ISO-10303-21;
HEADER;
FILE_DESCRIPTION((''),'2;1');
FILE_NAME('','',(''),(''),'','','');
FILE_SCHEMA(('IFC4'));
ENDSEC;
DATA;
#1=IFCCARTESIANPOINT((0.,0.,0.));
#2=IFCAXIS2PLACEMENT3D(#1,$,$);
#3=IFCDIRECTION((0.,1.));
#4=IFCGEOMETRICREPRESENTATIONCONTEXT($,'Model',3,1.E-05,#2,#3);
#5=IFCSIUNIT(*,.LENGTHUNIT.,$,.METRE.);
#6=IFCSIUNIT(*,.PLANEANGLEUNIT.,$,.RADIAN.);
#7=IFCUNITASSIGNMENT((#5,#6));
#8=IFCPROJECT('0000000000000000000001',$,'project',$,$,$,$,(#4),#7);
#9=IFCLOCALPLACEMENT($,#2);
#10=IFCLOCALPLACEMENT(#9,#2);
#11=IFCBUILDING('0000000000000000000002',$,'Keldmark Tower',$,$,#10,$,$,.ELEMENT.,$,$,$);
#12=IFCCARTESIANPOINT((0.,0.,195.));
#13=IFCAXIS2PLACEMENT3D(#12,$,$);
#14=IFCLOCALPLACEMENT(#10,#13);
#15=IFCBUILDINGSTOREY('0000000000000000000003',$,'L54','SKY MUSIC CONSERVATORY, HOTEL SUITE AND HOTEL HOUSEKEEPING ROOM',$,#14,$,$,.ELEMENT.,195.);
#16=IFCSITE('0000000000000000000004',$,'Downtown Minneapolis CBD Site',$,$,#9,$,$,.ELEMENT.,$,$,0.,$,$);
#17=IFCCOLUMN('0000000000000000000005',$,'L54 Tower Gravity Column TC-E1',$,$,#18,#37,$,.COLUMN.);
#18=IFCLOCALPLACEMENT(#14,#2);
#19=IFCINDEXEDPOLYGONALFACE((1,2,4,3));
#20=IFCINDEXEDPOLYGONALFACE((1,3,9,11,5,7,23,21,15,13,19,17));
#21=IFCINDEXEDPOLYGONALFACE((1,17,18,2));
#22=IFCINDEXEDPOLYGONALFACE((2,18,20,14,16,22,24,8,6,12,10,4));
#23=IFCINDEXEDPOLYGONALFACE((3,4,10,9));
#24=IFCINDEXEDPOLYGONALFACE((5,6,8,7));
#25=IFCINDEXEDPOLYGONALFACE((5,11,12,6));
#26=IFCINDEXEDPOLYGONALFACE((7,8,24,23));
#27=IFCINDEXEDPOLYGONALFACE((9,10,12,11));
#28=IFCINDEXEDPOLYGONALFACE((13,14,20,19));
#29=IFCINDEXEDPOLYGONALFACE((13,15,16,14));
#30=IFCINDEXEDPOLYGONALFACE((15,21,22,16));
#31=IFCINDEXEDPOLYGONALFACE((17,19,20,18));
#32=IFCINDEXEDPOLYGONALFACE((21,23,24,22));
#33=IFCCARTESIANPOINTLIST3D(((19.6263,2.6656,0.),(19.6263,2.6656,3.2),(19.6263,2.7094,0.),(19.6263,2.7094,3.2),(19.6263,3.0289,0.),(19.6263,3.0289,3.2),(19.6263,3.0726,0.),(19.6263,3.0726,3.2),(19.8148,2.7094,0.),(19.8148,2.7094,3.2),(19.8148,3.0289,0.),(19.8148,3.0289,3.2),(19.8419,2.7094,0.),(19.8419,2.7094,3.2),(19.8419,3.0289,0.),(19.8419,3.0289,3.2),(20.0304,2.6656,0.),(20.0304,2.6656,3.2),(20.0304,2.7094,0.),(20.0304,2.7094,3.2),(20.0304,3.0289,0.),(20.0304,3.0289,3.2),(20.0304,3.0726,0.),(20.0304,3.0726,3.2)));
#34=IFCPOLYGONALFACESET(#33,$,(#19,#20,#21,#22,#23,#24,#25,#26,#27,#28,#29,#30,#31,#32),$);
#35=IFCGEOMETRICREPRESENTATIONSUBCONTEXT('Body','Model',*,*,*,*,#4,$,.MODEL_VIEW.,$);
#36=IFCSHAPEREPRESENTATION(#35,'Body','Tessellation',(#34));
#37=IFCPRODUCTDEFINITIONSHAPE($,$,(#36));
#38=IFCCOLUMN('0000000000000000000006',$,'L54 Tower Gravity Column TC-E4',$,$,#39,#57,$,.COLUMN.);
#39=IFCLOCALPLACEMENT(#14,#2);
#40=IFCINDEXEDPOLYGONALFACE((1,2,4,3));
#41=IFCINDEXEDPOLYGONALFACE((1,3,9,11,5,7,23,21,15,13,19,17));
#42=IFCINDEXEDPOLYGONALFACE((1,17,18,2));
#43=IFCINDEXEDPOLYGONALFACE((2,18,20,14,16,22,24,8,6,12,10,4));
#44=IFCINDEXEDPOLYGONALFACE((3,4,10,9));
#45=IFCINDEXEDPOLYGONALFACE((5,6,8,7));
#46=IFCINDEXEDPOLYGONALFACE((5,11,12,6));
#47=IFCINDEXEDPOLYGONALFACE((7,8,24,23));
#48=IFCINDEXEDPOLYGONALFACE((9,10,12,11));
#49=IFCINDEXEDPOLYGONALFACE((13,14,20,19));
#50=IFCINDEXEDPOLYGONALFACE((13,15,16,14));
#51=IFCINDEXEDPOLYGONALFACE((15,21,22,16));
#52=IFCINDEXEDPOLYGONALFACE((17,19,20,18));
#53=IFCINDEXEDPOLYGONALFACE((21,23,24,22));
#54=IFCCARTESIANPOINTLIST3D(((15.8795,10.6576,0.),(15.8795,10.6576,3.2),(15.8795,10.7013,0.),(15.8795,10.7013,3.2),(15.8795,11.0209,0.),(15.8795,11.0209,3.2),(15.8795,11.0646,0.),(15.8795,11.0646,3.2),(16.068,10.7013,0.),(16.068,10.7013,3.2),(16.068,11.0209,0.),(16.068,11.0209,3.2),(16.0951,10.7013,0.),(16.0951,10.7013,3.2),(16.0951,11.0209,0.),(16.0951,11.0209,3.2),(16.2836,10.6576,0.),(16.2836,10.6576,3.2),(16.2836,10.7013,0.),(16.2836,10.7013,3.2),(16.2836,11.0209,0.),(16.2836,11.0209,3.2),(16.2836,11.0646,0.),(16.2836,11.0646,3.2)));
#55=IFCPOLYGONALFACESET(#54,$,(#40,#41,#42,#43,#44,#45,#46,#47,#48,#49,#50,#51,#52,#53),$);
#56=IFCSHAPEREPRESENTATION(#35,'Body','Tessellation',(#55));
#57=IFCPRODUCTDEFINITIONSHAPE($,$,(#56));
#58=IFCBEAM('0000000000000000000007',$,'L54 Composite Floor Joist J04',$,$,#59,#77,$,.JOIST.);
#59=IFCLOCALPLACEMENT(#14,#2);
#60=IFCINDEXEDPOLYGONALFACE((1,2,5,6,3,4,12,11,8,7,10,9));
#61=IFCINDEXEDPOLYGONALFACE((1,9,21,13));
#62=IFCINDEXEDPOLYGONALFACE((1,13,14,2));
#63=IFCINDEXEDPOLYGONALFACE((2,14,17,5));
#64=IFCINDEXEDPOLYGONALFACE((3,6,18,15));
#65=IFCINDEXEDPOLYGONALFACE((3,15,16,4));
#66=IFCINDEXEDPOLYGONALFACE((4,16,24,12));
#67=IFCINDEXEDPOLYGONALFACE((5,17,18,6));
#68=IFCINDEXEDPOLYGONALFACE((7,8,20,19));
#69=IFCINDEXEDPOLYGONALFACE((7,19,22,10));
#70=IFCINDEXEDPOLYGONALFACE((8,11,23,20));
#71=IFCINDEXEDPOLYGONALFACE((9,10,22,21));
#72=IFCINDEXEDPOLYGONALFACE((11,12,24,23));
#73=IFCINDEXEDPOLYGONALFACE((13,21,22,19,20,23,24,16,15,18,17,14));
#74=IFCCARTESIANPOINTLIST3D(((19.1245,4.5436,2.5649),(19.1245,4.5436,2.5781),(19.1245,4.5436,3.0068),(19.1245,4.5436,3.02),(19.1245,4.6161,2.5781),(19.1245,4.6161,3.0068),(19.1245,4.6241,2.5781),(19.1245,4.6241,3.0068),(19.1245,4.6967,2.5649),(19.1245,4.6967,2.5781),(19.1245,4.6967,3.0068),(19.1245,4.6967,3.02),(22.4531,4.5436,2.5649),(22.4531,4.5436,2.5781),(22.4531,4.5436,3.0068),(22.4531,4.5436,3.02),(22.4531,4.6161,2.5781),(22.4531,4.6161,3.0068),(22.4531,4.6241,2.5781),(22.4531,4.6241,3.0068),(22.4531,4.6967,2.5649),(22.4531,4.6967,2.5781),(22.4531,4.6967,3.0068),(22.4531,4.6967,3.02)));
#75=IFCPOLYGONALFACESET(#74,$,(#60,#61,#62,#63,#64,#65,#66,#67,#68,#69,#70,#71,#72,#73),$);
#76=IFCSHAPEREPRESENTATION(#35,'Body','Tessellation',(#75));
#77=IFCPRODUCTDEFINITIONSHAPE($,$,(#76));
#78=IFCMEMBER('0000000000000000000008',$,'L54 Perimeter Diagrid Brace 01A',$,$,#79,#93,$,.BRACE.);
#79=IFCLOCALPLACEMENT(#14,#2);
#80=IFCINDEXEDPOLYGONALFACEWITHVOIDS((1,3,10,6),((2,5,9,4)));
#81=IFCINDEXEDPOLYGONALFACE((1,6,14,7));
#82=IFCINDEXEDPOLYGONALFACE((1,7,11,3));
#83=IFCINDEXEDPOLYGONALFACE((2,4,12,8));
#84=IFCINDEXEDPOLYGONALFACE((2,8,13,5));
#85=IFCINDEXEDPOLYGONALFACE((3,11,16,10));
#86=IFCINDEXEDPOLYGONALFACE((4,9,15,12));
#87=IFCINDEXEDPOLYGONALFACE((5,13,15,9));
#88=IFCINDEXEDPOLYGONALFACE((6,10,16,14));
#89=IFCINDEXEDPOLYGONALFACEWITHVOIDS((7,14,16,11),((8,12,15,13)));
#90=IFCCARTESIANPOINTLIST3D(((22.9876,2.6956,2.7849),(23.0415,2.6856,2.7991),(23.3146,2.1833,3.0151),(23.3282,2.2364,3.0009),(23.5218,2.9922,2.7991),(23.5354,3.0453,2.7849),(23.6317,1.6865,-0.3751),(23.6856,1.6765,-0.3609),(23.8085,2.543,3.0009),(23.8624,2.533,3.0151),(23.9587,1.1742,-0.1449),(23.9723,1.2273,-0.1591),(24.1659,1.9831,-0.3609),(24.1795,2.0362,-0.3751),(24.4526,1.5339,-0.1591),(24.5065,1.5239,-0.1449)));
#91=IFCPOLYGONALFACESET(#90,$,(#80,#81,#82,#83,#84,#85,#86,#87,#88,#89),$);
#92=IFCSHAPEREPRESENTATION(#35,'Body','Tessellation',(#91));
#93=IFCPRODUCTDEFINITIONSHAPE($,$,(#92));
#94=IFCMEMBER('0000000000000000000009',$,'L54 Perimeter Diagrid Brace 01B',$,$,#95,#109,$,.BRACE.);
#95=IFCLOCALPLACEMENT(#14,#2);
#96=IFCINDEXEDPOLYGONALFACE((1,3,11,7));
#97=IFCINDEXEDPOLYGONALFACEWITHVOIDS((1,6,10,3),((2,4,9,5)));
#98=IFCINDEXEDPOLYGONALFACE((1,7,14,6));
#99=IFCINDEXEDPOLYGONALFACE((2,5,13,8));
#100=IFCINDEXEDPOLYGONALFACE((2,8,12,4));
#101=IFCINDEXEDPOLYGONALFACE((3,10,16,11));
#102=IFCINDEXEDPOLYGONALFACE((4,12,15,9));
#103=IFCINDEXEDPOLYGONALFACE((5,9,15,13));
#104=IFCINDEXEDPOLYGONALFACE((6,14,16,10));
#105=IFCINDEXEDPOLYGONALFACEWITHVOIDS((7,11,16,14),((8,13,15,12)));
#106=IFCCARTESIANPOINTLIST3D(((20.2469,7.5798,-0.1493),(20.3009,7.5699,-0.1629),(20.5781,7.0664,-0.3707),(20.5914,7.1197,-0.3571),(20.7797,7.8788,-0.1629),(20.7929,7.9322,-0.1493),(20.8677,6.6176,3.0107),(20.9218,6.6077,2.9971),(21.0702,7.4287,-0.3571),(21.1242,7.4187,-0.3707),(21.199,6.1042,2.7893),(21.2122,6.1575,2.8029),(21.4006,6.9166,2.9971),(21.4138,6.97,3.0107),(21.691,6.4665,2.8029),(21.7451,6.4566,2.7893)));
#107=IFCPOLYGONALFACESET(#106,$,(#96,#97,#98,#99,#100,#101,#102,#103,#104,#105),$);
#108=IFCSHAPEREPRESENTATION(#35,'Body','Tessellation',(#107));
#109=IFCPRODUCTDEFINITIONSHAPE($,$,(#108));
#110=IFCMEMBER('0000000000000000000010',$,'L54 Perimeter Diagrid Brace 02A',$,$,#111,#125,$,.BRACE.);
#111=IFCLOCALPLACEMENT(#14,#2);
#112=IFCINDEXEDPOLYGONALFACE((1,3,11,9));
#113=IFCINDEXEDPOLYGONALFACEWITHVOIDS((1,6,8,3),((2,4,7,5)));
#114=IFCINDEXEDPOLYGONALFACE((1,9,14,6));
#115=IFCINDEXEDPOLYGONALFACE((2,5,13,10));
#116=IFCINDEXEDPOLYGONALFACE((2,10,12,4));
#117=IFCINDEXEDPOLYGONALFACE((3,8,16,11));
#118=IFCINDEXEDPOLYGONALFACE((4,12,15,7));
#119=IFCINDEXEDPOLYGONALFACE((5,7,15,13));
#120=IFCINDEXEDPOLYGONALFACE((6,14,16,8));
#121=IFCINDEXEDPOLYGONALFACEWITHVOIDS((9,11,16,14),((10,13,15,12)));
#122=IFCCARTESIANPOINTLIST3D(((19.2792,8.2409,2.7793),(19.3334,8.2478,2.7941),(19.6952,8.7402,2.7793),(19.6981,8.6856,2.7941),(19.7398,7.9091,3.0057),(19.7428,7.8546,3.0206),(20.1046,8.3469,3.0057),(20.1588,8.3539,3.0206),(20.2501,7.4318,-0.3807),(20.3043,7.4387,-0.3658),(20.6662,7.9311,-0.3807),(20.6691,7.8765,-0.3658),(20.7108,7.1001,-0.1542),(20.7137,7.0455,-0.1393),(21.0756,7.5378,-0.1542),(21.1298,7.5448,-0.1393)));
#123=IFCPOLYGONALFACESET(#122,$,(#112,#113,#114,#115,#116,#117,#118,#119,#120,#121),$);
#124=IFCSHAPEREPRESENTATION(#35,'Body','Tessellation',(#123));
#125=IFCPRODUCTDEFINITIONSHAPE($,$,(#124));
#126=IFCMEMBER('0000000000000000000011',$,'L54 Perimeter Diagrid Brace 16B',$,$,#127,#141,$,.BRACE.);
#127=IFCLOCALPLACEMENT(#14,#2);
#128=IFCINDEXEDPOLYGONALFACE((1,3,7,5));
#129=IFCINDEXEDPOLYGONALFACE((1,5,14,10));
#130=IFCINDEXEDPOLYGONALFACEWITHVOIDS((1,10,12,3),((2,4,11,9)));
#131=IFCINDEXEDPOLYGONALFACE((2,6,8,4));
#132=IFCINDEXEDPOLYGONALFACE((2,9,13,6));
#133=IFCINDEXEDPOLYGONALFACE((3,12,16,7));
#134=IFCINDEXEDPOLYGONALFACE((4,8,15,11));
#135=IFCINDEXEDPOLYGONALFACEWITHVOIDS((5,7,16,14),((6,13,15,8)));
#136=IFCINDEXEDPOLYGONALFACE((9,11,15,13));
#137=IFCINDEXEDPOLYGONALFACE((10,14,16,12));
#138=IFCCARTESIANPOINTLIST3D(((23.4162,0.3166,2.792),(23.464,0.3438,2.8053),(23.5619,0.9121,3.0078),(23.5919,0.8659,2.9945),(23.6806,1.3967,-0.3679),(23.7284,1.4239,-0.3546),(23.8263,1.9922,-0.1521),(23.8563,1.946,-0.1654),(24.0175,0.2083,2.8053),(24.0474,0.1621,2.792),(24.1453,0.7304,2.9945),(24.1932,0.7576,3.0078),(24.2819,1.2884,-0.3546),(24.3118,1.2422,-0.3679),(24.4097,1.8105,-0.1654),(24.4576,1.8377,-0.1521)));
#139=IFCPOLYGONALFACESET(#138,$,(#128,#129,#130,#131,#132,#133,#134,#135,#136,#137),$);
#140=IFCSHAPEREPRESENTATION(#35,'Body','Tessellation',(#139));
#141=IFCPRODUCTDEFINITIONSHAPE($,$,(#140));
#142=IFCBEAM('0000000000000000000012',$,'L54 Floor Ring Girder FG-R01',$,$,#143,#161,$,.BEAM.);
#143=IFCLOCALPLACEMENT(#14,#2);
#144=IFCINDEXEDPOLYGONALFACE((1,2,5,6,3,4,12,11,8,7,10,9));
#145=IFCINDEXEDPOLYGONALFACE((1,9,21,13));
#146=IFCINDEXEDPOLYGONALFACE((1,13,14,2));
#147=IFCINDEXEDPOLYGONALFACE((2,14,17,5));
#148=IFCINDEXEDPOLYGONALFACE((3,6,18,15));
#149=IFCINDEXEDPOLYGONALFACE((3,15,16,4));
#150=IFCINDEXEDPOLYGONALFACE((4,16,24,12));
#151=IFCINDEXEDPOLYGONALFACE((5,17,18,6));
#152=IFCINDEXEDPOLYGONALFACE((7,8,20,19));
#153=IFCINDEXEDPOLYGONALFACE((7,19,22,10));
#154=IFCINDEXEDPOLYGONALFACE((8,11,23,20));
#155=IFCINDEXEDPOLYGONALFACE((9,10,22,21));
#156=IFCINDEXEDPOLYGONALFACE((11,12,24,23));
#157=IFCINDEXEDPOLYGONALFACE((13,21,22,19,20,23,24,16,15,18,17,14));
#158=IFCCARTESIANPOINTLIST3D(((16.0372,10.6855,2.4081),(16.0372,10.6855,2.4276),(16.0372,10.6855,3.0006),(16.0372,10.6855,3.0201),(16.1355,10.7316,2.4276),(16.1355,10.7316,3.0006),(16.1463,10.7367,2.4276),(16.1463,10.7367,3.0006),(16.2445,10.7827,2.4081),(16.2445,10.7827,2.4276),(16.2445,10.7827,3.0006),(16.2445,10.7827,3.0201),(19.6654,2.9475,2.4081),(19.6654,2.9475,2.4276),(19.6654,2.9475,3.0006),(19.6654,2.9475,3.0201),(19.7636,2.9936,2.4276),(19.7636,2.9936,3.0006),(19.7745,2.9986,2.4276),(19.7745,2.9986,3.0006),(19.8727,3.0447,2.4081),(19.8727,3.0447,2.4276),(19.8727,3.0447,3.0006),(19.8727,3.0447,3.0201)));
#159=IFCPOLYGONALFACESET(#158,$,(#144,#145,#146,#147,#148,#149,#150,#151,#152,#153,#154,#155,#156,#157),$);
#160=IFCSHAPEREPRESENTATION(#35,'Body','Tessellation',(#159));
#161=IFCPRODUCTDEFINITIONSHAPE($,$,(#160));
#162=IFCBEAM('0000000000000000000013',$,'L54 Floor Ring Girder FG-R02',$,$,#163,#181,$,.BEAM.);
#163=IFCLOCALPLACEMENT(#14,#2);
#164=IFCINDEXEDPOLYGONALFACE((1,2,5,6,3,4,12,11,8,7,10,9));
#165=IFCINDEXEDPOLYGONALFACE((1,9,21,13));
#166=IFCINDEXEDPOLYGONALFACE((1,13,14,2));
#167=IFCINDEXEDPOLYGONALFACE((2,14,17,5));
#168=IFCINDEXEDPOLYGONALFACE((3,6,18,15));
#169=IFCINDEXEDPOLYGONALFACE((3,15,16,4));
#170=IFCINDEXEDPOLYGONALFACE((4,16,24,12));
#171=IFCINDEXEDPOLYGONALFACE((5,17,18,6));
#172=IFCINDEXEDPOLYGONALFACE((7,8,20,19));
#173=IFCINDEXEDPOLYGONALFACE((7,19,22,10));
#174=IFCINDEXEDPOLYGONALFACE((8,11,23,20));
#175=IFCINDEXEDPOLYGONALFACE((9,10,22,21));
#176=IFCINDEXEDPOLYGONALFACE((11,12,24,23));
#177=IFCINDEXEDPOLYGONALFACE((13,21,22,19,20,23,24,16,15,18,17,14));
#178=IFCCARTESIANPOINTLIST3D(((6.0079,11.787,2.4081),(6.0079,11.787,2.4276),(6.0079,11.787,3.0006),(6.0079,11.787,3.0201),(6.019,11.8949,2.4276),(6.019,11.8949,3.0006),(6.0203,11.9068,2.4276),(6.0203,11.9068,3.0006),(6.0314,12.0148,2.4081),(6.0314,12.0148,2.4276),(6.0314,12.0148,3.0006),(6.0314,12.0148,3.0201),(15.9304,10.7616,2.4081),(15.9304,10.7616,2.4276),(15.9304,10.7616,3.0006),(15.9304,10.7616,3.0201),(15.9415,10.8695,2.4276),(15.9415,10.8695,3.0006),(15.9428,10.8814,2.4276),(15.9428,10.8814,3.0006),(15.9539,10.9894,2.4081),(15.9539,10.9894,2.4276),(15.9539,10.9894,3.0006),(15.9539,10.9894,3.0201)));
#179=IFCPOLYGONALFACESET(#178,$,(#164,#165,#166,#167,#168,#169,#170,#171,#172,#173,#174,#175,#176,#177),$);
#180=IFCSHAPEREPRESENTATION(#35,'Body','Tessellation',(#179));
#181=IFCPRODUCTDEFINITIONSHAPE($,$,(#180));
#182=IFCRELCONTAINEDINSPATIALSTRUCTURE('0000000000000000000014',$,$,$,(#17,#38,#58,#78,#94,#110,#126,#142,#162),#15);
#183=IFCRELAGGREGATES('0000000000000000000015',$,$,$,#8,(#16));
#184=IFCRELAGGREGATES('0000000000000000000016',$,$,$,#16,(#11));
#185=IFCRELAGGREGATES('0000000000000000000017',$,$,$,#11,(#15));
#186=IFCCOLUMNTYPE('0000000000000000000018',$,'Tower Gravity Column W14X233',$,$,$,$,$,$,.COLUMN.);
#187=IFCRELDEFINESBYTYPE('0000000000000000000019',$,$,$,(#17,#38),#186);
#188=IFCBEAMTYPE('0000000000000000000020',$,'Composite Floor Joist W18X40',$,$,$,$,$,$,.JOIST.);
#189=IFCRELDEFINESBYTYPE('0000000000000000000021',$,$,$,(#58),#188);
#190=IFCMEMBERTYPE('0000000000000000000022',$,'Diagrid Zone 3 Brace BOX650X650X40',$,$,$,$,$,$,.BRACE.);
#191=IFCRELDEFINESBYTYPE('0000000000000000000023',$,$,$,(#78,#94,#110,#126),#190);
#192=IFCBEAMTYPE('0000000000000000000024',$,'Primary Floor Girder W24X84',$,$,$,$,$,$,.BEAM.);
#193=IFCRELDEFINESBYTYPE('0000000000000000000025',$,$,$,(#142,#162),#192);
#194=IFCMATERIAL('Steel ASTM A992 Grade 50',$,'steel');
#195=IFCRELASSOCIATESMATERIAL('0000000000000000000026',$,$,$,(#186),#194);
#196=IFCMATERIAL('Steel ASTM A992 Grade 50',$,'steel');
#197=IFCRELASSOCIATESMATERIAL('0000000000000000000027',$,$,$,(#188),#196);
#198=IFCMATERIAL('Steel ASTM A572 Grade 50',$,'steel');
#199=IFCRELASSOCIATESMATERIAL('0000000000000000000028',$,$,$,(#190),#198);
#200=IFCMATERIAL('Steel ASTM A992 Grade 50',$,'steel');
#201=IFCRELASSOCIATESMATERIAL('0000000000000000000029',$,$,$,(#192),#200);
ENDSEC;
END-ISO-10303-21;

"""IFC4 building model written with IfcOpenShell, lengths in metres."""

from ifc_helpers import new_model, si_unit, direction, frame, origin, origin_2d, place, context, subcontext, project, spatial, hollow_rectangle, i_section, extrude, material, material_profile, profile_set, type_object, element, save


model = new_model("IFC4")

# Units and contexts
model_context = context("Model", 3, precision=1e-05, world=origin(), true_north=direction((0.0, 1.0)))
body_context = subcontext(model_context, "Body", "Model", "MODEL_VIEW")
ifc_project = project(units=[si_unit("LENGTHUNIT", "METRE"), si_unit("PLANEANGLEUNIT", "RADIAN")], contexts=[model_context])

# Site, building, storey
site_placement = place(None, origin())
site = spatial("IfcSite", under=ifc_project, at=site_placement, Name="Downtown Minneapolis CBD Site", CompositionType="ELEMENT", RefElevation=0.0)
building_placement = place(site_placement, origin())
building = spatial("IfcBuilding", under=site, at=building_placement, Name="Keldmark Tower", CompositionType="ELEMENT")
storey_placement = place(building_placement, frame((0.0, 0.0, 195.0)))
storey = spatial("IfcBuildingStorey", under=building, at=storey_placement, Name="L54", Description="SKY MUSIC CONSERVATORY, HOTEL SUITE AND HOTEL HOUSEKEEPING ROOM", CompositionType="ELEMENT", Elevation=195.0)

# Columns
ifc_material_1 = material(Name="Steel ASTM A992 Grade 50", Category="steel")
ifc_material_profile_1 = material_profile(ifc_material_1, i_section(OverallWidth=0.4041, OverallDepth=0.407, WebThickness=0.0271, FlangeThickness=0.0437, at=origin_2d()), Name="W14X233")
ifc_profile_set_1 = profile_set([ifc_material_profile_1], Name="Steel ASTM A992 Grade 50")
column_type = type_object("IfcColumnType", Name="Tower Gravity Column W14X233", PredefinedType="COLUMN", material=ifc_profile_set_1)
for number, where, z_axis, x_axis, name in (
    (1, (19.8284, 2.8691, 0.0), (0.0, 0.0, 1.0), (1.0, 0.0, 0.0), "L54 Tower Gravity Column TC-E1"),
    (2, (16.0815, 10.8611, 0.0), (0.0, 0.0, 1.0), (1.0, 0.0, 0.0), "L54 Tower Gravity Column TC-E4"),
):
    element("IfcColumn", number, at=place(storey_placement, frame(where, z_axis=z_axis, x_axis=x_axis)), inside=storey, type_object=column_type, Name=name, PredefinedType="COLUMN", context=body_context, shape_type="SweptSolid", body=[
        extrude(i_section(OverallWidth=0.4041, OverallDepth=0.407, WebThickness=0.0271, FlangeThickness=0.0437, at=origin_2d()), origin(), (0.0, 0.0, 1.0), 3.2),
    ])

# Beam
ifc_material_2 = material(Name="Steel ASTM A992 Grade 50", Category="steel")
ifc_material_profile_2 = material_profile(ifc_material_2, i_section(OverallWidth=0.1531, OverallDepth=0.4551, WebThickness=0.0081, FlangeThickness=0.0132, at=origin_2d()), Name="W18X40")
ifc_profile_set_2 = profile_set([ifc_material_profile_2], Name="Steel ASTM A992 Grade 50")
beam_type_1 = type_object("IfcBeamType", Name="Composite Floor Joist W18X40", PredefinedType="JOIST", material=ifc_profile_set_2)
beam_1_placement = place(storey_placement, frame((19.1245, 4.6201, 2.7925), z_axis=(1.0, 0.0, 0.0), x_axis=(0.0, 1.0, 0.0)))
element("IfcBeam", 3, at=beam_1_placement, inside=storey, type_object=beam_type_1, Name="L54 Composite Floor Joist J04", PredefinedType="JOIST", context=body_context, shape_type="SweptSolid", body=[
    extrude(i_section(OverallWidth=0.1531, OverallDepth=0.4551, WebThickness=0.0081, FlangeThickness=0.0132, at=origin_2d()), origin(), (0.0, 0.0, 1.0), 3.3286),
])

# Members
ifc_material_3 = material(Name="Steel ASTM A572 Grade 50", Category="steel")
ifc_material_profile_3 = material_profile(ifc_material_3, hollow_rectangle(XDim=0.6499, YDim=0.6499, WallThickness=0.04, at=origin_2d()), Name="BOX650X650X40")
ifc_profile_set_3 = profile_set([ifc_material_profile_3], Name="Steel ASTM A572 Grade 50")
member_type = type_object("IfcMemberType", Name="Diagrid Zone 3 Brace BOX650X650X40", PredefinedType="BRACE", material=ifc_profile_set_3)
member_1_placement = place(storey_placement, frame((24.0691, 1.6052, -0.26), z_axis=(-0.190599, 0.298614, 0.935148), x_axis=(-0.84293, -0.538023, 0.0)))
element("IfcMember", 4, at=member_1_placement, inside=storey, type_object=member_type, Name="L54 Perimeter Diagrid Brace 01A", PredefinedType="BRACE", context=body_context, shape_type="SweptSolid", body=[
    extrude(hollow_rectangle(XDim=0.6499, YDim=0.6499, WallThickness=0.04, at=origin_2d()), origin(), (0.0, 0.0, 1.0), 3.3792),
])
member_2_placement = place(storey_placement, frame((20.6855, 7.4993, -0.26), z_axis=(0.184722, -0.286272, 0.940173), x_axis=(0.840256, 0.54219, 0.0)))
element("IfcMember", 5, at=member_2_placement, inside=storey, type_object=member_type, Name="L54 Perimeter Diagrid Brace 01B", PredefinedType="BRACE", context=body_context, shape_type="SweptSolid", body=[
    extrude(hollow_rectangle(XDim=0.6499, YDim=0.6499, WallThickness=0.04, at=origin_2d()), origin(), (0.0, 0.0, 1.0), 3.3611),
])
member_3_placement = place(storey_placement, frame((20.6899, 7.4883, -0.26), z_axis=(-0.285296, 0.237735, 0.928487), x_axis=(-0.640165, -0.768237, 0.0)))
element("IfcMember", 6, at=member_3_placement, inside=storey, type_object=member_type, Name="L54 Perimeter Diagrid Brace 02A", PredefinedType="BRACE", context=body_context, shape_type="SweptSolid", body=[
    extrude(hollow_rectangle(XDim=0.6499, YDim=0.6499, WallThickness=0.04, at=origin_2d()), origin(), (0.0, 0.0, 1.0), 3.4033),
])
member_4_placement = place(storey_placement, frame((24.0691, 1.6172, -0.26), z_axis=(-0.07893, -0.322425, 0.943298), x_axis=(0.971319, -0.23778, 0.0)))
element("IfcMember", 7, at=member_4_placement, inside=storey, type_object=member_type, Name="L54 Perimeter Diagrid Brace 16B", PredefinedType="BRACE", context=body_context, shape_type="SweptSolid", body=[
    extrude(hollow_rectangle(XDim=0.6499, YDim=0.6499, WallThickness=0.04, at=origin_2d()), origin(), (0.0, 0.0, 1.0), 3.3499),
])

# Beams
ifc_material_4 = material(Name="Steel ASTM A992 Grade 50", Category="steel")
ifc_material_profile_4 = material_profile(ifc_material_4, i_section(OverallWidth=0.229, OverallDepth=0.6121, WebThickness=0.012, FlangeThickness=0.0195, at=origin_2d()), Name="W24X84")
ifc_profile_set_4 = profile_set([ifc_material_profile_4], Name="Steel ASTM A992 Grade 50")
beam_type_2 = type_object("IfcBeamType", Name="Primary Floor Girder W24X84", PredefinedType="BEAM", material=ifc_profile_set_4)
beam_2_placement = place(storey_placement, frame((19.769, 2.9961, 2.7141), z_axis=(-0.424527, 0.905415, 0.0), x_axis=(-0.905415, -0.424527, 0.0)))
element("IfcBeam", 8, at=beam_2_placement, inside=storey, type_object=beam_type_2, Name="L54 Floor Ring Girder FG-R01", PredefinedType="BEAM", context=body_context, shape_type="SweptSolid", body=[
    extrude(i_section(OverallWidth=0.229, OverallDepth=0.6121, WebThickness=0.012, FlangeThickness=0.0195, at=origin_2d()), origin(), (0.0, 0.0, 1.0), 8.5464),
])
beam_3_placement = place(storey_placement, frame((15.9421, 10.8755, 2.7141), z_axis=(-0.994703, 0.102791, 0.0), x_axis=(-0.102791, -0.994703, 0.0)))
element("IfcBeam", 9, at=beam_3_placement, inside=storey, type_object=beam_type_2, Name="L54 Floor Ring Girder FG-R02", PredefinedType="BEAM", context=body_context, shape_type="SweptSolid", body=[
    extrude(i_section(OverallWidth=0.229, OverallDepth=0.6121, WebThickness=0.012, FlangeThickness=0.0195, at=origin_2d()), origin(), (0.0, 0.0, 1.0), 9.9753),
])

save(model, "model.ifc")
